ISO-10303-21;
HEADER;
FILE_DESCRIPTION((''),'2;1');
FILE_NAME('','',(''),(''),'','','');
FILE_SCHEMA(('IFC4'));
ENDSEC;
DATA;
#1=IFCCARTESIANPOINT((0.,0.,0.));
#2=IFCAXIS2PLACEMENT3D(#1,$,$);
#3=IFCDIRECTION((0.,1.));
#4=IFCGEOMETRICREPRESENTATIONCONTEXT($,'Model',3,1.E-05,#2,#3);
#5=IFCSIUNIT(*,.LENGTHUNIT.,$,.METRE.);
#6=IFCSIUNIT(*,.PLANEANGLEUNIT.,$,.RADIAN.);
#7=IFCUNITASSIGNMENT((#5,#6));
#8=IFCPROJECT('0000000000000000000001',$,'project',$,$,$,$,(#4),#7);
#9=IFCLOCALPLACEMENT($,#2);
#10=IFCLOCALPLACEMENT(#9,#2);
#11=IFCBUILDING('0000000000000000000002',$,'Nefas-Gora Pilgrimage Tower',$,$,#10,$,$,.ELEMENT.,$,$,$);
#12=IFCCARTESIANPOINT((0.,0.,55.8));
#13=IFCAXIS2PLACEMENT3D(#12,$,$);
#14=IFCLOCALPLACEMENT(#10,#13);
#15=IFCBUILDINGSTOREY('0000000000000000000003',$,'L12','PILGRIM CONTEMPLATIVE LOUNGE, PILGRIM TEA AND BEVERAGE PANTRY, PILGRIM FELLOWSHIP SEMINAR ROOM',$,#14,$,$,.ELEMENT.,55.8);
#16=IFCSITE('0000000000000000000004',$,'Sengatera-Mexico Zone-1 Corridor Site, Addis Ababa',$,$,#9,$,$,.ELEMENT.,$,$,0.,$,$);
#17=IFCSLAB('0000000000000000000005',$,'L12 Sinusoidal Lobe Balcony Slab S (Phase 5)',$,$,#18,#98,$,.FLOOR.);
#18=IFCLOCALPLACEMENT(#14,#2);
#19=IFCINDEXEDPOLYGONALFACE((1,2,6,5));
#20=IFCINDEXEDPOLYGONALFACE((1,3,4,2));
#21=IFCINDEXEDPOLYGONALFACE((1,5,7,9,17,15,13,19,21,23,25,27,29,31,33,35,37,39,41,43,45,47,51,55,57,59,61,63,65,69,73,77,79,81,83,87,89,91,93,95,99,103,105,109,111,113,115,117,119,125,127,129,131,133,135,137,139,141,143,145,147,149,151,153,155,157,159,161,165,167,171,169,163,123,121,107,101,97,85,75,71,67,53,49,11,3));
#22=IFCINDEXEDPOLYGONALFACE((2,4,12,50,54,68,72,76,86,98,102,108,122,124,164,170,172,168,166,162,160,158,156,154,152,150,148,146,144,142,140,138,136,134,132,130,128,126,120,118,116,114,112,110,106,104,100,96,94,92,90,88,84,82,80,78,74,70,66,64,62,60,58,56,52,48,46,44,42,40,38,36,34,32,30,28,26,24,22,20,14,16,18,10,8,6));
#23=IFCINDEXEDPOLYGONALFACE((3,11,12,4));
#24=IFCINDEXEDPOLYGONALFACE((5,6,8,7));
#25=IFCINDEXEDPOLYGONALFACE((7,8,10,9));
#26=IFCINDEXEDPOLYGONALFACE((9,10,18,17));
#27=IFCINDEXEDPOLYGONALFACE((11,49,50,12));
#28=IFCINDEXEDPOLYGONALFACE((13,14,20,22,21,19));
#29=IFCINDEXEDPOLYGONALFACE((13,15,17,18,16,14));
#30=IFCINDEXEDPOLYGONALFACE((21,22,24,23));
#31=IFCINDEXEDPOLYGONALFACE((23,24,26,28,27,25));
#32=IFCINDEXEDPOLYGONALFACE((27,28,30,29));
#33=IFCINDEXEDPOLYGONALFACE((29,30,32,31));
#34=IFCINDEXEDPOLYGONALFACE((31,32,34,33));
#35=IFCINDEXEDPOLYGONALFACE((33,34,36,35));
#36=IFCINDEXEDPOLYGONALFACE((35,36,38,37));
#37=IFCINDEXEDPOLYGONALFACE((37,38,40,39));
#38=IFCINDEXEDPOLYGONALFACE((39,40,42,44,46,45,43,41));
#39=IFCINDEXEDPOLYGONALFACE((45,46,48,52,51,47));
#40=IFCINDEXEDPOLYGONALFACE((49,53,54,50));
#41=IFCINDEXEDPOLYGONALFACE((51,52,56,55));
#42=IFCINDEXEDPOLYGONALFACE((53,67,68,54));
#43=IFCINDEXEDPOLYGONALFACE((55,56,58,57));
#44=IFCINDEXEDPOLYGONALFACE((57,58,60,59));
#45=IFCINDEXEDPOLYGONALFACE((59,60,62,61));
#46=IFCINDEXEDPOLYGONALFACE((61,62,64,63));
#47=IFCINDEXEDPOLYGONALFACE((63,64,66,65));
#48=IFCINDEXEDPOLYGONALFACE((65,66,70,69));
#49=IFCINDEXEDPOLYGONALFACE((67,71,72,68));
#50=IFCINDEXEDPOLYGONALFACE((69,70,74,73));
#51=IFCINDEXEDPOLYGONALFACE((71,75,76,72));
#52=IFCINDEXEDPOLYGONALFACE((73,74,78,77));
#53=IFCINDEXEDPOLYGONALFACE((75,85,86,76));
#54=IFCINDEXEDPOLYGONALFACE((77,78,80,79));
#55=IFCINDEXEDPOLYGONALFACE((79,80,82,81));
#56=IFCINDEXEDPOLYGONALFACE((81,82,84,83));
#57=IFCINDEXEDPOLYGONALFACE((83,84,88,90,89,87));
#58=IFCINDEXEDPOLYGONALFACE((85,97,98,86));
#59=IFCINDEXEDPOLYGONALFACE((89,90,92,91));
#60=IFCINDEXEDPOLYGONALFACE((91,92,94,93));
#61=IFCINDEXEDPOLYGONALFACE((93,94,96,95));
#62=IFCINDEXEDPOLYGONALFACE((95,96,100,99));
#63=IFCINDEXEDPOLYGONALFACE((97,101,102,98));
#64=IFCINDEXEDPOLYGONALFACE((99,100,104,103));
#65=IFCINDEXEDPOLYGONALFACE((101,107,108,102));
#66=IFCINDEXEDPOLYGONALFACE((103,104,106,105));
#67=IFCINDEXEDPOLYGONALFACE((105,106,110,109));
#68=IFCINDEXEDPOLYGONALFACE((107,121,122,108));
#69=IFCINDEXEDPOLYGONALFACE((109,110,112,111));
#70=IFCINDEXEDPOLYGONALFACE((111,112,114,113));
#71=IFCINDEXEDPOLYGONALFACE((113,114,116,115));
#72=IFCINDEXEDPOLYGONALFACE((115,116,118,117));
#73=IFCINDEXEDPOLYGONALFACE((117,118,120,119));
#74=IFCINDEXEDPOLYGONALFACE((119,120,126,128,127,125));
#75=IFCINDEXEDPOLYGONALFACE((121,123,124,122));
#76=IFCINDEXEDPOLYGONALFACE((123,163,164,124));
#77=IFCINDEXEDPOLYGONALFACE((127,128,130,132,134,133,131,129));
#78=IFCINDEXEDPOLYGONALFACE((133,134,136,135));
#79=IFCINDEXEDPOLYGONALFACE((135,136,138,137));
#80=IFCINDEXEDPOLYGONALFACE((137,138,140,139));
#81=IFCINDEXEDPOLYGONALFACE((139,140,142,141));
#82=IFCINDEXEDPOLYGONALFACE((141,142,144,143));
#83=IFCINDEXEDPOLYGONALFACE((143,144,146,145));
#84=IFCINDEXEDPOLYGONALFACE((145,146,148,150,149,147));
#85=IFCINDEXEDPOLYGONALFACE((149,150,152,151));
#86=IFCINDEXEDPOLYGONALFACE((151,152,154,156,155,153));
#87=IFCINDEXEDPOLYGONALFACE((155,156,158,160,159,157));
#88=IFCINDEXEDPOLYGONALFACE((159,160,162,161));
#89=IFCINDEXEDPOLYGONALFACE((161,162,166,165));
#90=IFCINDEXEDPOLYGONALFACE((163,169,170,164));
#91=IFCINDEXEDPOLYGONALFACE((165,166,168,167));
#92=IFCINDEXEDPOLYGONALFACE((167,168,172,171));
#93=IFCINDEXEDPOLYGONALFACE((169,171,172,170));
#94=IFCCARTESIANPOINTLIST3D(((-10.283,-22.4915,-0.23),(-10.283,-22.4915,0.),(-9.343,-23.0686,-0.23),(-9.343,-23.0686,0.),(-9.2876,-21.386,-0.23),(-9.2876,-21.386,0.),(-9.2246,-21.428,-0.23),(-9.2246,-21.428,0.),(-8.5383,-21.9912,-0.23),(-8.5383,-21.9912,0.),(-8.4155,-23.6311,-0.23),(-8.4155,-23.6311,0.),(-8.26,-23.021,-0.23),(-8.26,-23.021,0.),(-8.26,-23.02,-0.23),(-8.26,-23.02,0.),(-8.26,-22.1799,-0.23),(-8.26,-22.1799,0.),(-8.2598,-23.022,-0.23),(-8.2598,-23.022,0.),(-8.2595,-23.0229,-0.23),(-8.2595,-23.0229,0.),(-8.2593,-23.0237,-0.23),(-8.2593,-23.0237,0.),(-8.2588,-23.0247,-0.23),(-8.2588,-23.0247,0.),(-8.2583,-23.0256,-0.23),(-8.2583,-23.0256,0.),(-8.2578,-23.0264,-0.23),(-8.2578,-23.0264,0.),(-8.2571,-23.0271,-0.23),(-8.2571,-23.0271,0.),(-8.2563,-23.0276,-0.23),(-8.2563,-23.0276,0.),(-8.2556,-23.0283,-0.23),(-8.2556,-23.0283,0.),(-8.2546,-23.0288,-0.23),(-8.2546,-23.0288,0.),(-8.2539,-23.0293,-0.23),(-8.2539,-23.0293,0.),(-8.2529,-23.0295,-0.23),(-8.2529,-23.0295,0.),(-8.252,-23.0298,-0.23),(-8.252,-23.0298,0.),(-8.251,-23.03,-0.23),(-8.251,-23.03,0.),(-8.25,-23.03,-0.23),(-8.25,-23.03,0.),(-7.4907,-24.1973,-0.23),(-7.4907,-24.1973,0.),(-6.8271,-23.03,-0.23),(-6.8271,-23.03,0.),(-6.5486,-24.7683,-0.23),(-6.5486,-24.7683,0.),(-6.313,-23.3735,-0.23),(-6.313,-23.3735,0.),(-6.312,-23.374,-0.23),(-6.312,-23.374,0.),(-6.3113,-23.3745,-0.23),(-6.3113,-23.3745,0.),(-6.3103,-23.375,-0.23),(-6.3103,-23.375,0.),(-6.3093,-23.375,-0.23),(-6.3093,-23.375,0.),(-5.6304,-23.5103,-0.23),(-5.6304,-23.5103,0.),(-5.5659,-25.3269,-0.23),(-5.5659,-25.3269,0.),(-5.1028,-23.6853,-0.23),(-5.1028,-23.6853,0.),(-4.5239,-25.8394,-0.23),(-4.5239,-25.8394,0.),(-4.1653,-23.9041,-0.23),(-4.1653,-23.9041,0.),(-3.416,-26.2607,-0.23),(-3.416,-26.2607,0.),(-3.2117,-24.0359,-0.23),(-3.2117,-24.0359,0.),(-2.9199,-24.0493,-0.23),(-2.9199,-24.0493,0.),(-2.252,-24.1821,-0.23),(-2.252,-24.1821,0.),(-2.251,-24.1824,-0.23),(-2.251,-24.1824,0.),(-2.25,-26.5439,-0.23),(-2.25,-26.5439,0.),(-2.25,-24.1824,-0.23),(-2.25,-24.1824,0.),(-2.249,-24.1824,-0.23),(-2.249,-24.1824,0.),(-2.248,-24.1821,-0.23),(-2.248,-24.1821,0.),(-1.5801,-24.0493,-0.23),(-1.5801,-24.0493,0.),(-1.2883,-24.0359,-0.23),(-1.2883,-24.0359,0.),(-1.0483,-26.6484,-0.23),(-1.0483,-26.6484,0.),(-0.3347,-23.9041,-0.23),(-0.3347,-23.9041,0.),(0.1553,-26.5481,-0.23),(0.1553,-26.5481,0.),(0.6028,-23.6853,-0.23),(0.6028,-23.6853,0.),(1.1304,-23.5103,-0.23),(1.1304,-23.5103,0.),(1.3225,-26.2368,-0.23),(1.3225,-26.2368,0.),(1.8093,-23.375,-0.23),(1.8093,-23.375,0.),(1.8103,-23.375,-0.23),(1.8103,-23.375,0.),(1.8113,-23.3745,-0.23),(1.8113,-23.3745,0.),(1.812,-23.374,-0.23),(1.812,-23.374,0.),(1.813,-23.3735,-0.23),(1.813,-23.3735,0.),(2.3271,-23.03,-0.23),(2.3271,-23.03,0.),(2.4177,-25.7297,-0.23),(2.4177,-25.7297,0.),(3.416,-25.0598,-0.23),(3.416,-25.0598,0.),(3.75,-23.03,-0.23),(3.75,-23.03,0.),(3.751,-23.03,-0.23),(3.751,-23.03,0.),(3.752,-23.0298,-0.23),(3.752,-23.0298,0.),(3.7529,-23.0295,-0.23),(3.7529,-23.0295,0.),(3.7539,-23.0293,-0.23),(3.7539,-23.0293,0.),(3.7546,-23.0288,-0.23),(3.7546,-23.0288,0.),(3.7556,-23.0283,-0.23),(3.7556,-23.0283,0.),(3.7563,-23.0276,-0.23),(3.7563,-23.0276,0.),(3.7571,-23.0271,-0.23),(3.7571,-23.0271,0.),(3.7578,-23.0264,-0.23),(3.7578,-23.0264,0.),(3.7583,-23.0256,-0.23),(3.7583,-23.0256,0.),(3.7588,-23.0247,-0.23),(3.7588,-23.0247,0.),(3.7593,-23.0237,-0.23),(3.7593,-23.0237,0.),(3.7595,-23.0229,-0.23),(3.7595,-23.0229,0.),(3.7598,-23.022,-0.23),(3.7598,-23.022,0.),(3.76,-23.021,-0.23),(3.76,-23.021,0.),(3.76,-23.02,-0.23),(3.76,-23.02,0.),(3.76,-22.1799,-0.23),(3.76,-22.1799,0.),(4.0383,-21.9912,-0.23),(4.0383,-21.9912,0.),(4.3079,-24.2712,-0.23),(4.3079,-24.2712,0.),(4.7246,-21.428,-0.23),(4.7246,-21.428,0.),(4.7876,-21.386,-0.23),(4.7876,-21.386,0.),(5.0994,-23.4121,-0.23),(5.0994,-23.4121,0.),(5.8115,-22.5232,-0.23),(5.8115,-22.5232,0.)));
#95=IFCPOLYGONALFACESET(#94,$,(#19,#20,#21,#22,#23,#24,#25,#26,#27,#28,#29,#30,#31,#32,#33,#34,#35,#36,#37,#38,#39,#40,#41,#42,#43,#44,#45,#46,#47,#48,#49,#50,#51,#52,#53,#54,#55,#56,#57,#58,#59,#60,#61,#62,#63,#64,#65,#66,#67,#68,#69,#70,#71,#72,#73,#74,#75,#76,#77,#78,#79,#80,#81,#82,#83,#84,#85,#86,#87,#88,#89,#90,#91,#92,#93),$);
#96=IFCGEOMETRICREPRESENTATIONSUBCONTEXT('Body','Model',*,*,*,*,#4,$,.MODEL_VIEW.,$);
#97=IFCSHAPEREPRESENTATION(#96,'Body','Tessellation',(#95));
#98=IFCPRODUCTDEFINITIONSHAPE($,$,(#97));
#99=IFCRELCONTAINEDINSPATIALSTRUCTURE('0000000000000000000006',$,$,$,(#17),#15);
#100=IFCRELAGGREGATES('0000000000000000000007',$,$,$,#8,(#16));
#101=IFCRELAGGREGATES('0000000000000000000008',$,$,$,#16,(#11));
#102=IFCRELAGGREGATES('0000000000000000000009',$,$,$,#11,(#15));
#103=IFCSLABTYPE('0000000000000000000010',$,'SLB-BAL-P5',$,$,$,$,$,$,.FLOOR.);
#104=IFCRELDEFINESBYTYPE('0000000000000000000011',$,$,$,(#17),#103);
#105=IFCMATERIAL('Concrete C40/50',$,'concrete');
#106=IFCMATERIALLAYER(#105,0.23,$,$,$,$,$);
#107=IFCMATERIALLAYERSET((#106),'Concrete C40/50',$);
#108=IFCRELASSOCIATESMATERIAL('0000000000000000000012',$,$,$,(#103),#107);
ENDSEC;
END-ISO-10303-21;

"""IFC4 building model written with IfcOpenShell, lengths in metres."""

from ifc_helpers import new_model, si_unit, direction, frame, origin, place, context, subcontext, project, spatial, polyline, outline, extrude, material, layer, layer_set, type_object, element, save


model = new_model("IFC4")

# Units and contexts
model_context = context("Model", 3, precision=1e-05, world=origin(), true_north=direction((0.0, 1.0)))
body_context = subcontext(model_context, "Body", "Model", "MODEL_VIEW")
ifc_project = project(units=[si_unit("LENGTHUNIT", "METRE"), si_unit("PLANEANGLEUNIT", "RADIAN")], contexts=[model_context])

# Site, building, storey
site_placement = place(None, origin())
site = spatial("IfcSite", under=ifc_project, at=site_placement, Name="Sengatera-Mexico Zone-1 Corridor Site, Addis Ababa", CompositionType="ELEMENT", RefElevation=0.0)
building_placement = place(site_placement, origin())
building = spatial("IfcBuilding", under=site, at=building_placement, Name="Nefas-Gora Pilgrimage Tower", CompositionType="ELEMENT")
storey_placement = place(building_placement, frame((0.0, 0.0, 55.8)))
storey = spatial("IfcBuildingStorey", under=building, at=storey_placement, Name="L12", Description="PILGRIM CONTEMPLATIVE LOUNGE, PILGRIM TEA AND BEVERAGE PANTRY, PILGRIM FELLOWSHIP SEMINAR ROOM", CompositionType="ELEMENT", Elevation=55.8)

# Slab
ifc_material_1 = material(Name="Concrete C40/50", Category="concrete")
ifc_layer_1 = layer(ifc_material_1, 0.23)
ifc_layer_set_1 = layer_set([ifc_layer_1], Name="Concrete C40/50")
slab_type_1 = type_object("IfcSlabType", Name="SLB-BAL-P5", PredefinedType="FLOOR", material=ifc_layer_set_1)
slab_1_placement = place(storey_placement, frame((0.0, 0.0, -0.23)))
element("IfcSlab", 1, at=slab_1_placement, inside=storey, type_object=slab_type_1, Name="L12 Sinusoidal Lobe Balcony Slab S (Phase 5)", PredefinedType="FLOOR", context=body_context, shape_type="SweptSolid", body=[
    extrude(outline(polyline([(4.7876, -21.386), (4.7246, -21.428), (4.0383, -21.9912), (3.76, -22.1799), (3.76, -23.02), (3.76, -23.021), (3.7598, -23.022), (3.7595, -23.0229), (3.7593, -23.0237), (3.7588, -23.0247), (3.7583, -23.0256), (3.7578, -23.0264), (3.7571, -23.0271), (3.7563, -23.0276), (3.7556, -23.0283), (3.7546, -23.0288), (3.7539, -23.0293), (3.7529, -23.0295), (3.752, -23.0298), (3.751, -23.03), (3.75, -23.03), (2.3271, -23.03), (1.813, -23.3735), (1.812, -23.374), (1.8113, -23.3745), (1.8103, -23.375), (1.8093, -23.375), (1.1304, -23.5103), (0.6028, -23.6853), (-0.3347, -23.9041), (-1.2883, -24.0359), (-1.5801, -24.0493), (-2.248, -24.1821), (-2.249, -24.1824), (-2.25, -24.1824), (-2.251, -24.1824), (-2.252, -24.1821), (-2.9199, -24.0493), (-3.2117, -24.0359), (-4.1653, -23.9041), (-5.1028, -23.6853), (-5.6304, -23.5103), (-6.3093, -23.375), (-6.3103, -23.375), (-6.3113, -23.3745), (-6.312, -23.374), (-6.313, -23.3735), (-6.8271, -23.03), (-8.25, -23.03), (-8.251, -23.03), (-8.252, -23.0298), (-8.2529, -23.0295), (-8.2539, -23.0293), (-8.2546, -23.0288), (-8.2556, -23.0283), (-8.2563, -23.0276), (-8.2571, -23.0271), (-8.2578, -23.0264), (-8.2583, -23.0256), (-8.2588, -23.0247), (-8.2593, -23.0237), (-8.2595, -23.0229), (-8.2598, -23.022), (-8.26, -23.021), (-8.26, -23.02), (-8.26, -22.1799), (-8.5383, -21.9912), (-9.2246, -21.428), (-9.2876, -21.386), (-10.283, -22.4915), (-9.343, -23.0686), (-8.4155, -23.6311), (-7.4907, -24.1973), (-6.5486, -24.7683), (-5.5659, -25.3269), (-4.5239, -25.8394), (-3.416, -26.2607), (-2.25, -26.5439), (-1.0483, -26.6484), (0.1553, -26.5481), (1.3225, -26.2368), (2.4177, -25.7297), (3.416, -25.0598), (4.3079, -24.2712), (5.0994, -23.4121), (5.8115, -22.5232), (4.7876, -21.386)])), origin(), (0.0, 0.0, 1.0), 0.23),
])

save(model, "model.ifc")
